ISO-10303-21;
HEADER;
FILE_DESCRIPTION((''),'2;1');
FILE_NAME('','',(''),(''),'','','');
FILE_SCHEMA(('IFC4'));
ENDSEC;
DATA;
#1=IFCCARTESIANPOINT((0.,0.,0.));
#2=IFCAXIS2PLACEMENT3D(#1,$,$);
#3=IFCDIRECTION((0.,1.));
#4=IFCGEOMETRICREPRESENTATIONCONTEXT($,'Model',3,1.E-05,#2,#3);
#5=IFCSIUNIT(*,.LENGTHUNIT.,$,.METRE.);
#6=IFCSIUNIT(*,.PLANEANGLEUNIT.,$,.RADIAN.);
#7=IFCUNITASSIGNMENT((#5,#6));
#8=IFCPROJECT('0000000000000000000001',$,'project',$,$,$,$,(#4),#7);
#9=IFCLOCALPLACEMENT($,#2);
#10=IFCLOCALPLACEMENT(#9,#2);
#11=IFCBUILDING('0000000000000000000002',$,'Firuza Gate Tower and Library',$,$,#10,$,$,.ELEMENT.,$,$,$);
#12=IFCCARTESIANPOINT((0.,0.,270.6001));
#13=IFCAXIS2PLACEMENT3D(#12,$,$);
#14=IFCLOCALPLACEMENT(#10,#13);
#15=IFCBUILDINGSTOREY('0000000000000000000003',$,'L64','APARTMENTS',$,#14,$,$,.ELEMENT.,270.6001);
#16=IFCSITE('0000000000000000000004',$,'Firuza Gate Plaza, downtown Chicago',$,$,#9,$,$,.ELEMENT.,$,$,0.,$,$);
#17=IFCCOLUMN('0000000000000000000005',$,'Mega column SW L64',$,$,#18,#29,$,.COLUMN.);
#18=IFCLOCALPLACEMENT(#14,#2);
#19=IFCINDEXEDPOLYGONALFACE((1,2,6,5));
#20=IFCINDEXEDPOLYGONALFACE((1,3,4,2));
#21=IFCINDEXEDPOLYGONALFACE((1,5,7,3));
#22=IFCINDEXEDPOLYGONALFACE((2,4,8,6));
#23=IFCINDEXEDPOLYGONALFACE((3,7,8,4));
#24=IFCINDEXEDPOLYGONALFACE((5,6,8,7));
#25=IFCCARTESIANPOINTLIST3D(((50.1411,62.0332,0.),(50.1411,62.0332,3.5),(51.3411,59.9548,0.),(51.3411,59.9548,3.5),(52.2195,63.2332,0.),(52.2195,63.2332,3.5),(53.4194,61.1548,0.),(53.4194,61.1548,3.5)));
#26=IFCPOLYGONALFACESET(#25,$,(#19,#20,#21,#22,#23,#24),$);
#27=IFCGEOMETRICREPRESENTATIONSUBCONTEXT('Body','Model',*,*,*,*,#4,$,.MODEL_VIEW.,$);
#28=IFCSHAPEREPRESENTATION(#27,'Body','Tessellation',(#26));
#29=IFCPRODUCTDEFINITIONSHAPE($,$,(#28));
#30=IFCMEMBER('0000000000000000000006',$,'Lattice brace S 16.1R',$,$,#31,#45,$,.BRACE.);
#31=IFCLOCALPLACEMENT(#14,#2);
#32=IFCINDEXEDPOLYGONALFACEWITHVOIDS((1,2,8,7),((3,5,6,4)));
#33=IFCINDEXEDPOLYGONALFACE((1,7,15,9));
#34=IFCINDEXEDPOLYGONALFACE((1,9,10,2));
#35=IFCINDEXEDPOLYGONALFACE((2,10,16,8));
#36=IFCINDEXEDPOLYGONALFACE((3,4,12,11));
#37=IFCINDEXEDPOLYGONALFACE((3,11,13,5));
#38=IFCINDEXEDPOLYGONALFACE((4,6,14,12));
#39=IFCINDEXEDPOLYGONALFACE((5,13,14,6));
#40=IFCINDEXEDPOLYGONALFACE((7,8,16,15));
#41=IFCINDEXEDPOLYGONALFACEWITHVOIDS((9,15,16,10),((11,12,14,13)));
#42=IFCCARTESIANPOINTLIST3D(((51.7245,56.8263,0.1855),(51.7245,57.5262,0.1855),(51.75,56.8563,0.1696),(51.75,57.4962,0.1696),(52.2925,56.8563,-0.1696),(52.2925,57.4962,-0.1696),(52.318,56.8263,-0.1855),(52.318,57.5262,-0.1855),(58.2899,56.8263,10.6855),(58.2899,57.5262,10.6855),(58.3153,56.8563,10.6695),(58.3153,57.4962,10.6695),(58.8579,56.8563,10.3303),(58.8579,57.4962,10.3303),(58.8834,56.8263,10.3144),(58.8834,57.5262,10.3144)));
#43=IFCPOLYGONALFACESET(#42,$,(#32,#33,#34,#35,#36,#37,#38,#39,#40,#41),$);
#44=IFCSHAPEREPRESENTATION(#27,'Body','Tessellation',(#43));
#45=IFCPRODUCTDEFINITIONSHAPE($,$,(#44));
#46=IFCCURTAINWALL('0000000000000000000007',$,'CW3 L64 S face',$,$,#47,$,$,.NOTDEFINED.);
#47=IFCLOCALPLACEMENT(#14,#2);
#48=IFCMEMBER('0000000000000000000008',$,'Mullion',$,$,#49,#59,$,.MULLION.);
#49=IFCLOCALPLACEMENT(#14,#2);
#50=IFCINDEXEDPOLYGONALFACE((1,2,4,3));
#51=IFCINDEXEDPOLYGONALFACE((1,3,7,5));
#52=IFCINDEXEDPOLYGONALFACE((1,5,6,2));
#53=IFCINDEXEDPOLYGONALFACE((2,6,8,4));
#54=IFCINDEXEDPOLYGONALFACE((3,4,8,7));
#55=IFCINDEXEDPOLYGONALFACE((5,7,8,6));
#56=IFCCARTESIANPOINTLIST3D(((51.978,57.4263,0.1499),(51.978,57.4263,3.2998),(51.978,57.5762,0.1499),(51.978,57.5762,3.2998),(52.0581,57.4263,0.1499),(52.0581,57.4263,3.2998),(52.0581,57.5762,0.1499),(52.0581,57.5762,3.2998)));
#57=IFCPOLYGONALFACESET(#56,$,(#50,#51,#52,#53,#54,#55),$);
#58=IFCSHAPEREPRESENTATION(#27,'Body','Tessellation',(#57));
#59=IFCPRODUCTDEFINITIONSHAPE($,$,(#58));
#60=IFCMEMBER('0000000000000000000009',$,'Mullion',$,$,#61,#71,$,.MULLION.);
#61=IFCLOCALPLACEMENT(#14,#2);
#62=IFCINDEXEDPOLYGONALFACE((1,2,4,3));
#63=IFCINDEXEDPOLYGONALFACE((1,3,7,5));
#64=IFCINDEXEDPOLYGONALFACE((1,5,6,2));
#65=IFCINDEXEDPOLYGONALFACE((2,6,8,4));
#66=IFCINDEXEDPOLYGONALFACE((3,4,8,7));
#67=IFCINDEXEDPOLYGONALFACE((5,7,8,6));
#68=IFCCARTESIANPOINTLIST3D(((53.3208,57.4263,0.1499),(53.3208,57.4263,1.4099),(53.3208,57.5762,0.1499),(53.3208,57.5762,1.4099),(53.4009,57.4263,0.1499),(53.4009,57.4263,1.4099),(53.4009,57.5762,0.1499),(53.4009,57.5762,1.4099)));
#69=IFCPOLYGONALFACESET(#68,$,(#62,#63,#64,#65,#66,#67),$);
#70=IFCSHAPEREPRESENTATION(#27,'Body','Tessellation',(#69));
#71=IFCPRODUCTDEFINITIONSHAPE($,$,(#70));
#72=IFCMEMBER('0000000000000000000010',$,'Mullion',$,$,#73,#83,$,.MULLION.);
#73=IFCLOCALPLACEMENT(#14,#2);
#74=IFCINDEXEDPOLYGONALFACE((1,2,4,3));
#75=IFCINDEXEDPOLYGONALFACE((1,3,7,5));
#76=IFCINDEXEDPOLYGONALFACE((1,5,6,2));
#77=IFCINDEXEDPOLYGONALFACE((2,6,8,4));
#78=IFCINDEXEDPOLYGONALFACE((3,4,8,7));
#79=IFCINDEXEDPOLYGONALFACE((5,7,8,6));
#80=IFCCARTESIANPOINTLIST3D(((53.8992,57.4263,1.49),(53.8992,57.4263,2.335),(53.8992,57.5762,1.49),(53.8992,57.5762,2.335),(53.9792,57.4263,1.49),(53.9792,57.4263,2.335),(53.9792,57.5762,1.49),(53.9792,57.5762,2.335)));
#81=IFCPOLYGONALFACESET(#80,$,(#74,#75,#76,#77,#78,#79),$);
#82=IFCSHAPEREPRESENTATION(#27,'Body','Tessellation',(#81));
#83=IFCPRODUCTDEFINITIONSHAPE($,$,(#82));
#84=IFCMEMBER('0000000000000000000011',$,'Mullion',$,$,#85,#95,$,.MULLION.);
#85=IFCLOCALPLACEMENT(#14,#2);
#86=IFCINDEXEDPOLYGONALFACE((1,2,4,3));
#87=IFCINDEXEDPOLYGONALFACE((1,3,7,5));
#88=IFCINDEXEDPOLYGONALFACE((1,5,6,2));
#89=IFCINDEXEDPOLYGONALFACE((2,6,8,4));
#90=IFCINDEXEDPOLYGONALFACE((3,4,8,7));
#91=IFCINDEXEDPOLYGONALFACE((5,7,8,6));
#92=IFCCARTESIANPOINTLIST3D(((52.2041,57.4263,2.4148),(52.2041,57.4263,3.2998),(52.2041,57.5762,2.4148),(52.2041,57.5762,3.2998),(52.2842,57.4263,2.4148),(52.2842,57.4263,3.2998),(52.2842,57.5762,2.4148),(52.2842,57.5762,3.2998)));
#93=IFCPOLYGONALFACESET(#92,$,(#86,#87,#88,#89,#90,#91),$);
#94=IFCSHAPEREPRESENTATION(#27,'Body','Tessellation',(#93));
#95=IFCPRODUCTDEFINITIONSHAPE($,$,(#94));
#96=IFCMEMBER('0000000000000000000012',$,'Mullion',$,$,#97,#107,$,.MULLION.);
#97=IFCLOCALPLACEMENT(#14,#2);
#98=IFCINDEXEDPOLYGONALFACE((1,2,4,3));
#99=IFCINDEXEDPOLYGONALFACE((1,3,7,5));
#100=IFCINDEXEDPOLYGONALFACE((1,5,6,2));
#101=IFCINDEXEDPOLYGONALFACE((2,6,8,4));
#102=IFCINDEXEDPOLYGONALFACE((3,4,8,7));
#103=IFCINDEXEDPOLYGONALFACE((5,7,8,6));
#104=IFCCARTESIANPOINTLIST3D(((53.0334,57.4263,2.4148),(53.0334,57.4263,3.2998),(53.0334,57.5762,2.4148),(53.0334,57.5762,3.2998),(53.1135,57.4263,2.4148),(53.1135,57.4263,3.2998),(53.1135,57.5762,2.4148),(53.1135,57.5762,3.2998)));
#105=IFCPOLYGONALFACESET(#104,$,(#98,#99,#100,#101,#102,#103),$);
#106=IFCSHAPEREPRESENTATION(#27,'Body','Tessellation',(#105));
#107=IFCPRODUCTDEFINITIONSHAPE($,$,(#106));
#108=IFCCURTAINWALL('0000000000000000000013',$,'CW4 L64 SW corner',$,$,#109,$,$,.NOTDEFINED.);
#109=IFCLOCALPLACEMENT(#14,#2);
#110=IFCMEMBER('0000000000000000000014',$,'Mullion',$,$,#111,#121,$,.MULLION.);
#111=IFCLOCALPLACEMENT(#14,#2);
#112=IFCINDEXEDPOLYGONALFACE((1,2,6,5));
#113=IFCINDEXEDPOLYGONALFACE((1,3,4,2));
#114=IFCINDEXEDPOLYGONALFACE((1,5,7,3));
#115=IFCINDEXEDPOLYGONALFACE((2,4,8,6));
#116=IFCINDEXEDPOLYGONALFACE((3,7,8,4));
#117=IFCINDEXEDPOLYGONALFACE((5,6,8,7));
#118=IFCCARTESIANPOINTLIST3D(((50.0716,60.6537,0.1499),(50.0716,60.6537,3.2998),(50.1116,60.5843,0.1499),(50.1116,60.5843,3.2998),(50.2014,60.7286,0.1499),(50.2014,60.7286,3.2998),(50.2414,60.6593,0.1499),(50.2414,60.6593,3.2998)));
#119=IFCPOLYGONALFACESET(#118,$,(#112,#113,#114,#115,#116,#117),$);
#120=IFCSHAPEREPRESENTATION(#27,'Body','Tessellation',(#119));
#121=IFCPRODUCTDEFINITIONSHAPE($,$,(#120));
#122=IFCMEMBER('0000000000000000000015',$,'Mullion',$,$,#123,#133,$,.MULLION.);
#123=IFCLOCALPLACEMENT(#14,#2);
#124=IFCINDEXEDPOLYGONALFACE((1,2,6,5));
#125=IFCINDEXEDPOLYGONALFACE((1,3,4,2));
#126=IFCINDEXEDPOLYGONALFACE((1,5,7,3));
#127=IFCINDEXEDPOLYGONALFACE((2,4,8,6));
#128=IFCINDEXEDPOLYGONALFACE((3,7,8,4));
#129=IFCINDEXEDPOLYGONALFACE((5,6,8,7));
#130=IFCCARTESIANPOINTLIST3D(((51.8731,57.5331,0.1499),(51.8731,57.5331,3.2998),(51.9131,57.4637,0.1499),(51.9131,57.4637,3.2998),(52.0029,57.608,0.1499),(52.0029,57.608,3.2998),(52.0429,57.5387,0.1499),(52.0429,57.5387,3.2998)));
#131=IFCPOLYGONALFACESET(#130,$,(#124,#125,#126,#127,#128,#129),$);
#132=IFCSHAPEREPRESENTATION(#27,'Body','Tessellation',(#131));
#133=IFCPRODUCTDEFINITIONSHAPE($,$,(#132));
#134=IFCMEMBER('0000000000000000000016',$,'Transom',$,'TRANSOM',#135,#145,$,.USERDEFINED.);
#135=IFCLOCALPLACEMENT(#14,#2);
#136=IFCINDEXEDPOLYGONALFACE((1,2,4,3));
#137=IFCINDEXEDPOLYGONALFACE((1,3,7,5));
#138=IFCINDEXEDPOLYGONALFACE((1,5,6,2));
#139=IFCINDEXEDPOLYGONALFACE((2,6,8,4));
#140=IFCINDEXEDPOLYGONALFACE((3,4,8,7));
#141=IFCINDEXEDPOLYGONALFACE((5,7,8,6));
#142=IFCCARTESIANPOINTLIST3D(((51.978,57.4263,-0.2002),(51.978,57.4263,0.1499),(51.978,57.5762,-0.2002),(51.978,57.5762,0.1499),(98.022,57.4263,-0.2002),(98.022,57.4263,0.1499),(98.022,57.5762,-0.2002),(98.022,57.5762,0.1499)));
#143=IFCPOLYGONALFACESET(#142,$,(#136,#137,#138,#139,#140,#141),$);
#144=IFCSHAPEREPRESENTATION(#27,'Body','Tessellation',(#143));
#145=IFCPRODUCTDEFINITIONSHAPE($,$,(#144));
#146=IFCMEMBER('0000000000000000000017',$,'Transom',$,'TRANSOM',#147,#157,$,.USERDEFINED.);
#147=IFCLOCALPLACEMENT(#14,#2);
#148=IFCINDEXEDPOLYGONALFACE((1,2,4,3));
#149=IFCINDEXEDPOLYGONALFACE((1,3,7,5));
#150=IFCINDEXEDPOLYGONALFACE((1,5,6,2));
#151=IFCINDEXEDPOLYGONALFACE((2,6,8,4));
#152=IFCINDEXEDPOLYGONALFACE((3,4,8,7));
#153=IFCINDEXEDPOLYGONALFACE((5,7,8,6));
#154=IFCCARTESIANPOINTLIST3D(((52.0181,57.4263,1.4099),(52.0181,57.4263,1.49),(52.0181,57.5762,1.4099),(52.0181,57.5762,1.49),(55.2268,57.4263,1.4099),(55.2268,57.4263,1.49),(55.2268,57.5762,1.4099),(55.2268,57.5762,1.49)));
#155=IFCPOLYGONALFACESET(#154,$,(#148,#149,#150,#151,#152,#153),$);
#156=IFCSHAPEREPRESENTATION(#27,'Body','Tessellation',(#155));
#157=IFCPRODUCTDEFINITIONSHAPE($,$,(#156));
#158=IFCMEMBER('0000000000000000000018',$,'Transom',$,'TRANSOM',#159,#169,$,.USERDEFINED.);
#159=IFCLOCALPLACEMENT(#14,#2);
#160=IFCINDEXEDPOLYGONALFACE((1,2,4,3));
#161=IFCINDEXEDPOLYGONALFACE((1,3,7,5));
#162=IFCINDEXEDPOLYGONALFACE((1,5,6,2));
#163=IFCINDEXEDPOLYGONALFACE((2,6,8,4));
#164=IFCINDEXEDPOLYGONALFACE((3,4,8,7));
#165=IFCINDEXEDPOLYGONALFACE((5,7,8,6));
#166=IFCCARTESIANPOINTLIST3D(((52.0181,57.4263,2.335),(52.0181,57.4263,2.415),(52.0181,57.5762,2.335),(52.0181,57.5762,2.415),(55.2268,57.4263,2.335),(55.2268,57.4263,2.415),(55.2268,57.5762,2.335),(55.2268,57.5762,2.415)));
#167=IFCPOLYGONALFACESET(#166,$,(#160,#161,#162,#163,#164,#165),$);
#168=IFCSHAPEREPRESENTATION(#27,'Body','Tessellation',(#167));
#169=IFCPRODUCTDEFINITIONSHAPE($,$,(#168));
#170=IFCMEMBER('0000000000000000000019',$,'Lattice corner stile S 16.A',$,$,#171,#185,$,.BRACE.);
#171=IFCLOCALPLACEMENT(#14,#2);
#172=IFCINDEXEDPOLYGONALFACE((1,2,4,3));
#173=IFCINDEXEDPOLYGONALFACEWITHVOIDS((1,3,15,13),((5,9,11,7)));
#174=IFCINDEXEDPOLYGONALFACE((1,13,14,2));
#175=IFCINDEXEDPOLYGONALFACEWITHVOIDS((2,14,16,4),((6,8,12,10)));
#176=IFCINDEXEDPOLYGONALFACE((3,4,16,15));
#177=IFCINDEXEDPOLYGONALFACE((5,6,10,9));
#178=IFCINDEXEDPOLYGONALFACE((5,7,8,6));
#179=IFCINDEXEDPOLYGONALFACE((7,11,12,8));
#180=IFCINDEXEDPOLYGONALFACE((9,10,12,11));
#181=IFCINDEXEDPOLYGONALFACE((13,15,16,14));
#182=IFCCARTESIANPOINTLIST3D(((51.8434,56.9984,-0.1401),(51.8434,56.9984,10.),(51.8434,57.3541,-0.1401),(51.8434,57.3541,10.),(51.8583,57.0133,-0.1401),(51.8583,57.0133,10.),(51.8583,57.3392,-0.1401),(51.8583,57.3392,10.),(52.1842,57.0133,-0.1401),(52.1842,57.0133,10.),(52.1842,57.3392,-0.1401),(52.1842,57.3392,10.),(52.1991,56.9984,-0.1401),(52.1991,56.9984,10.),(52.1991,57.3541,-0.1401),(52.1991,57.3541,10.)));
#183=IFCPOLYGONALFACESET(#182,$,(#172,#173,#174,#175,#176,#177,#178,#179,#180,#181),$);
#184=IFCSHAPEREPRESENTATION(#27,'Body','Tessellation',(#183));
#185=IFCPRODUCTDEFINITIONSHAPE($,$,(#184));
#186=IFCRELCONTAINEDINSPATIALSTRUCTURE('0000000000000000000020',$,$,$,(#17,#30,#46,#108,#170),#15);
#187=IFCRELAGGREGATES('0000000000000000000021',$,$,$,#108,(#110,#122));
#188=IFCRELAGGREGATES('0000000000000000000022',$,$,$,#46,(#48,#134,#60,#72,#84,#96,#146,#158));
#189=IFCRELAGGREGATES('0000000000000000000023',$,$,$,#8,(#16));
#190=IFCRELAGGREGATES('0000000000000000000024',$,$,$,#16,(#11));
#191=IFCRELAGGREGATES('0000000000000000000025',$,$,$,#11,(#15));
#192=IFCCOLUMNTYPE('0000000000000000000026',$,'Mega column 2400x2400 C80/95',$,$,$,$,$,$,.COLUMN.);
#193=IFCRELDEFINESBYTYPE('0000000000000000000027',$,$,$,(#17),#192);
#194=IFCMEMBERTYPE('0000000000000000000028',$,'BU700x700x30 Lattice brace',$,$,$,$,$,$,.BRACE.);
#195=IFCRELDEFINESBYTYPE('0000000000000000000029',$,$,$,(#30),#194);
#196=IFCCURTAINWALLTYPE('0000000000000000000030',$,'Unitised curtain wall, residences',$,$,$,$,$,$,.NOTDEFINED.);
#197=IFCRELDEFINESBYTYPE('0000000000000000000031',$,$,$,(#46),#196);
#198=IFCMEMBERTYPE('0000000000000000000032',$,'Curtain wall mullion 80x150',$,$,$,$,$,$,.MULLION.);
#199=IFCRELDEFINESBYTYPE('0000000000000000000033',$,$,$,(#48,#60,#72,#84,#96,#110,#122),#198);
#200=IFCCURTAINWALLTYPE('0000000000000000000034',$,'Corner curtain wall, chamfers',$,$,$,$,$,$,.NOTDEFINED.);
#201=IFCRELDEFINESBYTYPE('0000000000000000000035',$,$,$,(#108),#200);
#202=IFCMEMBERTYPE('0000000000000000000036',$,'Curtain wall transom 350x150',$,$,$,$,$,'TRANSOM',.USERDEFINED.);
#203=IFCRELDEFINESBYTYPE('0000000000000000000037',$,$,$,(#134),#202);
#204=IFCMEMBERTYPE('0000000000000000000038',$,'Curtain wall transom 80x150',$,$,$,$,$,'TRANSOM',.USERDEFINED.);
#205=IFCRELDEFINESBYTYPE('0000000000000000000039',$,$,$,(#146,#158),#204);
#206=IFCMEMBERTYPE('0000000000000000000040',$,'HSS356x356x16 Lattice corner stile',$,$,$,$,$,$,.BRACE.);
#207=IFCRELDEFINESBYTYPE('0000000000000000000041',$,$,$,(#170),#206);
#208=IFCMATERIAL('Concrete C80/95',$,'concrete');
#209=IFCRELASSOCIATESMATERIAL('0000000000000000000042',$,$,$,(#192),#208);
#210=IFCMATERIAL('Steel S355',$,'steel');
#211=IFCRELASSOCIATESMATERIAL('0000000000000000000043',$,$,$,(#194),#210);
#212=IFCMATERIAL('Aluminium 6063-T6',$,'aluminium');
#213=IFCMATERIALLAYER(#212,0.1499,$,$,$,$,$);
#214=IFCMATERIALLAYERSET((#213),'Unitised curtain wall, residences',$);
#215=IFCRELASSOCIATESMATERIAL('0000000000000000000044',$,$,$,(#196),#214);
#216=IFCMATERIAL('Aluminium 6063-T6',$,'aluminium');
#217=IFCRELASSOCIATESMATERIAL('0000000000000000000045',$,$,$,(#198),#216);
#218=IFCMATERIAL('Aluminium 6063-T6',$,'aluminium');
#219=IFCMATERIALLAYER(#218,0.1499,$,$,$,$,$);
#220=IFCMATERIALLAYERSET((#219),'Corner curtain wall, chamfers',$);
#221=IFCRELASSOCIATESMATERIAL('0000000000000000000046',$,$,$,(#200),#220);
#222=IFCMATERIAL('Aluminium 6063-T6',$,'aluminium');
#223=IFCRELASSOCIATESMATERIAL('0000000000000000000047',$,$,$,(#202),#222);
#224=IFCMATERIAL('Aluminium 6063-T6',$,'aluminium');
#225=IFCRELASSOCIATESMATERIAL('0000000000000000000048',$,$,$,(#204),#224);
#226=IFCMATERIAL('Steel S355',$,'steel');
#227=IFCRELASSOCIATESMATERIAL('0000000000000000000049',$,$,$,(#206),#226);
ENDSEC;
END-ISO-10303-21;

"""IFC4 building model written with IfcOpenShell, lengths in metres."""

from ifc_helpers import new_model, si_unit, direction, frame, origin, origin_2d, place, context, subcontext, project, spatial, rectangle, hollow_rectangle, extrude, material, layer, layer_set, material_profile, profile_set, type_object, element, aggregate, save


model = new_model("IFC4")

# Units and contexts
model_context = context("Model", 3, precision=1e-05, world=origin(), true_north=direction((0.0, 1.0)))
body_context = subcontext(model_context, "Body", "Model", "MODEL_VIEW")
ifc_project = project(units=[si_unit("LENGTHUNIT", "METRE"), si_unit("PLANEANGLEUNIT", "RADIAN")], contexts=[model_context])

# Site, building, storey
site_placement = place(None, origin())
site = spatial("IfcSite", under=ifc_project, at=site_placement, Name="Firuza Gate Plaza, downtown Chicago", CompositionType="ELEMENT", RefElevation=0.0)
building_placement = place(site_placement, origin())
building = spatial("IfcBuilding", under=site, at=building_placement, Name="Firuza Gate Tower and Library", CompositionType="ELEMENT")
storey_placement = place(building_placement, frame((0.0, 0.0, 270.6001)))
storey = spatial("IfcBuildingStorey", under=building, at=storey_placement, Name="L64", Description="APARTMENTS", CompositionType="ELEMENT", Elevation=270.6001)

# Column
ifc_material_1 = material(Name="Concrete C80/95", Category="concrete")
ifc_material_profile_1 = material_profile(ifc_material_1, rectangle(XDim=2.3999, YDim=2.3999, at=origin_2d()))
ifc_profile_set_1 = profile_set([ifc_material_profile_1], Name="Concrete C80/95")
column_type = type_object("IfcColumnType", Name="Mega column 2400x2400 C80/95", PredefinedType="COLUMN", material=ifc_profile_set_1)
column_placement = place(storey_placement, frame((51.7803, 61.594, 0.0), z_axis=(0.0, 0.0, 1.0), x_axis=(0.5, -0.866025, 0.0)))
element("IfcColumn", 1, at=column_placement, inside=storey, type_object=column_type, Name="Mega column SW L64", PredefinedType="COLUMN", context=body_context, shape_type="SweptSolid", body=[
    extrude(rectangle(XDim=2.3999, YDim=2.3999, at=origin_2d()), origin(), (0.0, 0.0, 1.0), 3.5),
])

# Member
ifc_material_2 = material(Name="Steel S355", Category="steel")
ifc_material_profile_2 = material_profile(ifc_material_2, hollow_rectangle(XDim=0.7, YDim=0.7, WallThickness=0.03, at=origin_2d()))
ifc_profile_set_2 = profile_set([ifc_material_profile_2], Name="Steel S355")
member_type_1 = type_object("IfcMemberType", Name="BU700x700x30 Lattice brace", PredefinedType="BRACE", material=ifc_profile_set_2)
member_1_placement = place(storey_placement, frame((52.0212, 57.1763, 0.0), z_axis=(0.530169, 0.0, 0.847892), x_axis=(0.0, 1.0, 0.0)))
element("IfcMember", 2, at=member_1_placement, inside=storey, type_object=member_type_1, Name="Lattice brace S 16.1R", PredefinedType="BRACE", context=body_context, shape_type="SweptSolid", body=[
    extrude(hollow_rectangle(XDim=0.7, YDim=0.7, WallThickness=0.03, at=origin_2d()), origin(), (0.0, 0.0, 1.0), 12.3835),
])

# Curtain walls, members
ifc_material_3 = material(Name="Aluminium 6063-T6", Category="aluminium")
ifc_layer_1 = layer(ifc_material_3, 0.1499)
ifc_layer_set_1 = layer_set([ifc_layer_1], Name="Unitised curtain wall, residences")
curtain_wall_type_1 = type_object("IfcCurtainWallType", Name="Unitised curtain wall, residences", PredefinedType="NOTDEFINED", material=ifc_layer_set_1)
placement_1 = place(storey_placement, origin())
curtain_wall_1 = element("IfcCurtainWall", 3, at=placement_1, inside=storey, type_object=curtain_wall_type_1, Name="CW3 L64 S face", PredefinedType="NOTDEFINED")
ifc_material_4 = material(Name="Aluminium 6063-T6", Category="aluminium")
ifc_material_profile_3 = material_profile(ifc_material_4, rectangle(XDim=0.1499, YDim=0.0801, at=origin_2d()))
ifc_profile_set_3 = profile_set([ifc_material_profile_3], Name="Aluminium 6063-T6")
member_type_2 = type_object("IfcMemberType", Name="Curtain wall mullion 80x150", PredefinedType="MULLION", material=ifc_profile_set_3)
member_2_placement = place(storey_placement, frame((52.0181, 57.5012, 0.1499), z_axis=(0.0, 0.0, 1.0), x_axis=(0.0, 1.0, 0.0)))
member_2 = element("IfcMember", 4, at=member_2_placement, type_object=member_type_2, Name="Mullion", PredefinedType="MULLION", context=body_context, shape_type="SweptSolid", body=[
    extrude(rectangle(XDim=0.1499, YDim=0.0801, at=origin_2d()), origin(), (0.0, 0.0, 1.0), 3.1499),
])
member_3_placement = place(storey_placement, frame((53.3608, 57.5012, 0.1499), z_axis=(0.0, 0.0, 1.0), x_axis=(0.0, 1.0, 0.0)))
member_3 = element("IfcMember", 5, at=member_3_placement, type_object=member_type_2, Name="Mullion", PredefinedType="MULLION", context=body_context, shape_type="SweptSolid", body=[
    extrude(rectangle(XDim=0.1499, YDim=0.0801, at=origin_2d()), origin(), (0.0, 0.0, 1.0), 1.26),
])
member_4_placement = place(storey_placement, frame((53.9392, 57.5012, 1.49), z_axis=(0.0, 0.0, 1.0), x_axis=(0.0, 1.0, 0.0)))
member_4 = element("IfcMember", 6, at=member_4_placement, type_object=member_type_2, Name="Mullion", PredefinedType="MULLION", context=body_context, shape_type="SweptSolid", body=[
    extrude(rectangle(XDim=0.1499, YDim=0.0801, at=origin_2d()), origin(), (0.0, 0.0, 1.0), 0.845),
])
member_5_placement = place(storey_placement, frame((52.2441, 57.5012, 2.4148), z_axis=(0.0, 0.0, 1.0), x_axis=(0.0, 1.0, 0.0)))
member_5 = element("IfcMember", 7, at=member_5_placement, type_object=member_type_2, Name="Mullion", PredefinedType="MULLION", context=body_context, shape_type="SweptSolid", body=[
    extrude(rectangle(XDim=0.1499, YDim=0.0801, at=origin_2d()), origin(), (0.0, 0.0, 1.0), 0.885),
])
member_6_placement = place(storey_placement, frame((53.0735, 57.5012, 2.4148), z_axis=(0.0, 0.0, 1.0), x_axis=(0.0, 1.0, 0.0)))
member_6 = element("IfcMember", 8, at=member_6_placement, type_object=member_type_2, Name="Mullion", PredefinedType="MULLION", context=body_context, shape_type="SweptSolid", body=[
    extrude(rectangle(XDim=0.1499, YDim=0.0801, at=origin_2d()), origin(), (0.0, 0.0, 1.0), 0.885),
])
ifc_material_5 = material(Name="Aluminium 6063-T6", Category="aluminium")
ifc_layer_2 = layer(ifc_material_5, 0.1499)
ifc_layer_set_2 = layer_set([ifc_layer_2], Name="Corner curtain wall, chamfers")
curtain_wall_type_2 = type_object("IfcCurtainWallType", Name="Corner curtain wall, chamfers", PredefinedType="NOTDEFINED", material=ifc_layer_set_2)
curtain_wall_2 = element("IfcCurtainWall", 9, at=placement_1, inside=storey, type_object=curtain_wall_type_2, Name="CW4 L64 SW corner", PredefinedType="NOTDEFINED")
member_7_placement = place(storey_placement, frame((50.1565, 60.6565, 0.1499), z_axis=(0.0, 0.0, 1.0), x_axis=(0.866025, 0.5, 0.0)))
member_7 = element("IfcMember", 10, at=member_7_placement, type_object=member_type_2, Name="Mullion", PredefinedType="MULLION", context=body_context, shape_type="SweptSolid", body=[
    extrude(rectangle(XDim=0.1499, YDim=0.0801, at=origin_2d()), origin(), (0.0, 0.0, 1.0), 3.1499),
])
member_8_placement = place(storey_placement, frame((51.958, 57.5359, 0.1499), z_axis=(0.0, 0.0, 1.0), x_axis=(0.866025, 0.5, 0.0)))
member_8 = element("IfcMember", 11, at=member_8_placement, type_object=member_type_2, Name="Mullion", PredefinedType="MULLION", context=body_context, shape_type="SweptSolid", body=[
    extrude(rectangle(XDim=0.1499, YDim=0.0801, at=origin_2d()), origin(), (0.0, 0.0, 1.0), 3.1499),
])

# Members
ifc_material_6 = material(Name="Aluminium 6063-T6", Category="aluminium")
ifc_material_profile_4 = material_profile(ifc_material_6, rectangle(XDim=0.1499, YDim=0.3501, at=origin_2d()))
ifc_profile_set_4 = profile_set([ifc_material_profile_4], Name="Aluminium 6063-T6")
member_type_3 = type_object("IfcMemberType", Name="Curtain wall transom 350x150", ElementType="TRANSOM", PredefinedType="USERDEFINED", material=ifc_profile_set_4)
member_9_placement = place(storey_placement, frame((51.978, 57.5012, -0.0251), z_axis=(1.0, 0.0, 0.0), x_axis=(0.0, 1.0, 0.0)))
member_9 = element("IfcMember", 12, at=member_9_placement, type_object=member_type_3, Name="Transom", ObjectType="TRANSOM", PredefinedType="USERDEFINED", context=body_context, shape_type="SweptSolid", body=[
    extrude(rectangle(XDim=0.1499, YDim=0.3501, at=origin_2d()), origin(), (0.0, 0.0, 1.0), 46.0439),
])
ifc_material_7 = material(Name="Aluminium 6063-T6", Category="aluminium")
ifc_material_profile_5 = material_profile(ifc_material_7, rectangle(XDim=0.1499, YDim=0.0801, at=origin_2d()))
ifc_profile_set_5 = profile_set([ifc_material_profile_5], Name="Aluminium 6063-T6")
member_type_4 = type_object("IfcMemberType", Name="Curtain wall transom 80x150", ElementType="TRANSOM", PredefinedType="USERDEFINED", material=ifc_profile_set_5)
member_10_placement = place(storey_placement, frame((52.0181, 57.5012, 1.45), z_axis=(1.0, 0.0, 0.0), x_axis=(0.0, 1.0, 0.0)))
member_10 = element("IfcMember", 13, at=member_10_placement, type_object=member_type_4, Name="Transom", ObjectType="TRANSOM", PredefinedType="USERDEFINED", context=body_context, shape_type="SweptSolid", body=[
    extrude(rectangle(XDim=0.1499, YDim=0.0801, at=origin_2d()), origin(), (0.0, 0.0, 1.0), 3.2087),
])
member_11_placement = place(storey_placement, frame((52.0181, 57.5012, 2.375), z_axis=(1.0, 0.0, 0.0), x_axis=(0.0, 1.0, 0.0)))
member_11 = element("IfcMember", 14, at=member_11_placement, type_object=member_type_4, Name="Transom", ObjectType="TRANSOM", PredefinedType="USERDEFINED", context=body_context, shape_type="SweptSolid", body=[
    extrude(rectangle(XDim=0.1499, YDim=0.0801, at=origin_2d()), origin(), (0.0, 0.0, 1.0), 3.2087),
])
ifc_material_8 = material(Name="Steel S355", Category="steel")
ifc_material_profile_6 = material_profile(ifc_material_8, hollow_rectangle(XDim=0.3557, YDim=0.3557, WallThickness=0.0149, at=origin_2d()))
ifc_profile_set_6 = profile_set([ifc_material_profile_6], Name="Steel S355")
member_type_5 = type_object("IfcMemberType", Name="HSS356x356x16 Lattice corner stile", PredefinedType="BRACE", material=ifc_profile_set_6)
member_12_placement = place(storey_placement, frame((52.0212, 57.1763, -0.1401), z_axis=(0.0, 0.0, 1.0), x_axis=(1.0, 0.0, 0.0)))
element("IfcMember", 15, at=member_12_placement, inside=storey, type_object=member_type_5, Name="Lattice corner stile S 16.A", PredefinedType="BRACE", context=body_context, shape_type="SweptSolid", body=[
    extrude(hollow_rectangle(XDim=0.3557, YDim=0.3557, WallThickness=0.0149, at=origin_2d()), origin(), (0.0, 0.0, 1.0), 10.1401),
])

aggregate(curtain_wall_2, [member_7, member_8])
aggregate(curtain_wall_1, [member_2, member_9, member_3, member_4, member_5, member_6, member_10, member_11])

save(model, "model.ifc")
